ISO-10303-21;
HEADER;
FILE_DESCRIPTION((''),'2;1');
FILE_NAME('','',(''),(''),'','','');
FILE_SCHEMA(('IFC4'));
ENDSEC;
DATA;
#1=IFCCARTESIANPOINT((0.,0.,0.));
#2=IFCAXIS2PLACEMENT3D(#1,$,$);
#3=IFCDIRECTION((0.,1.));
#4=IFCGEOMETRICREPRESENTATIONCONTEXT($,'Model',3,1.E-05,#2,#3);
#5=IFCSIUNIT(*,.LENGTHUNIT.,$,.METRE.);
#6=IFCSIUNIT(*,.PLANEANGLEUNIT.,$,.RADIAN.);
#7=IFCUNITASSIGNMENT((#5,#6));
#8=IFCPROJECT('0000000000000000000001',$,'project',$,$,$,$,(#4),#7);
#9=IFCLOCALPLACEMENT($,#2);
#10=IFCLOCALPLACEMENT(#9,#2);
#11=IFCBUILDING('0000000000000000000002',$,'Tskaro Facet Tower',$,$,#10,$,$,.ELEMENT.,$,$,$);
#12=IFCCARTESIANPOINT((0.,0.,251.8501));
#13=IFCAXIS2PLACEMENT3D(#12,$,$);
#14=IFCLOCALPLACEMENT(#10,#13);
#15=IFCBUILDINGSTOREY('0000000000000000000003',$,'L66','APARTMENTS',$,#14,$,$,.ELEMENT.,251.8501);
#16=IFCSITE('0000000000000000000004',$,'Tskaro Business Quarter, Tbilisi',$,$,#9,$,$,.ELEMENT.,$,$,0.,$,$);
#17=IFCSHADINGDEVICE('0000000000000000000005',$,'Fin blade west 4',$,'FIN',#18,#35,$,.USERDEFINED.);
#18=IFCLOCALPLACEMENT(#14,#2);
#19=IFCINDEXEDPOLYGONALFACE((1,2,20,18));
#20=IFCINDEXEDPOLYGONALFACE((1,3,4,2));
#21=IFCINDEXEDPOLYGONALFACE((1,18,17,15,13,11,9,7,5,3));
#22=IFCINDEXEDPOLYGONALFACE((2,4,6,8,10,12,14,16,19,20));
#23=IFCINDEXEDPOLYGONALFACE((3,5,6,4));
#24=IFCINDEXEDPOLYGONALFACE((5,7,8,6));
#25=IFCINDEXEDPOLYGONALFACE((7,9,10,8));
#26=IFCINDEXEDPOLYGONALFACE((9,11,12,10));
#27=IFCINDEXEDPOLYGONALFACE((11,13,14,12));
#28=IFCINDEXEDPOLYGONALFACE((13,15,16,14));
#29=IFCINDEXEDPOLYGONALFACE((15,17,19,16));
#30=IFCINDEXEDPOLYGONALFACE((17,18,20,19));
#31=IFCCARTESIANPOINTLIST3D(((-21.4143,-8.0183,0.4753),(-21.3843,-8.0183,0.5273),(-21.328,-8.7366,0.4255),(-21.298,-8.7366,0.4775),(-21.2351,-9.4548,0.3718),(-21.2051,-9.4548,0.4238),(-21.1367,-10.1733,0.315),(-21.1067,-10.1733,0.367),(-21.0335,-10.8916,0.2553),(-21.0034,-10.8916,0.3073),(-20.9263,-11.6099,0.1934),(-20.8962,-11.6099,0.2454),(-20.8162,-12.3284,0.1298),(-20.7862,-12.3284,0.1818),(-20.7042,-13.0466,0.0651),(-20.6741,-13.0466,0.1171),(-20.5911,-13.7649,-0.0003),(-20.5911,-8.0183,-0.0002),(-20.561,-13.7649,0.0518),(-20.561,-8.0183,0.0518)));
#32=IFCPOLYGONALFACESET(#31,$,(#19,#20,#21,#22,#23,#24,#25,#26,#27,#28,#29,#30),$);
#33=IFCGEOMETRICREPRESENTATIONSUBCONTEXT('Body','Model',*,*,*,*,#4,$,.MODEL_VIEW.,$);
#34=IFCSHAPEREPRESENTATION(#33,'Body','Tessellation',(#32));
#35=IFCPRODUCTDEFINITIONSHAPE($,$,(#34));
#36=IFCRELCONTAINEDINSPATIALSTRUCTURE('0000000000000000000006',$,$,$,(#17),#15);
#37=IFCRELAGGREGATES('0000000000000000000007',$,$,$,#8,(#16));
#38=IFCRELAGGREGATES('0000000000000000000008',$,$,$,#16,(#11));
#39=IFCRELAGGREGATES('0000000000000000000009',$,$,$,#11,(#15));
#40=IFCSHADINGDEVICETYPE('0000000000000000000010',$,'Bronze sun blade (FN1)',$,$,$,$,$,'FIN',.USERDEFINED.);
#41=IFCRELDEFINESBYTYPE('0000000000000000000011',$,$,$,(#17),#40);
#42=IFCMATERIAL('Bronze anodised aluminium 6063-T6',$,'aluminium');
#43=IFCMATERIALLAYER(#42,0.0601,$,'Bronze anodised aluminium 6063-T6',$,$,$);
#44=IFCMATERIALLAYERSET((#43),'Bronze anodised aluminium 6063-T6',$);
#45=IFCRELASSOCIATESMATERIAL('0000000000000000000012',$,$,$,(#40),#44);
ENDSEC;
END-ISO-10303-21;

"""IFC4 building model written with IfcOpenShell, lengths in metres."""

from ifc_helpers import new_model, si_unit, direction, frame, origin, place, context, subcontext, project, spatial, polyline, outline, extrude, material, layer, layer_set, type_object, element, save


model = new_model("IFC4")

# Units and contexts
model_context = context("Model", 3, precision=1e-05, world=origin(), true_north=direction((0.0, 1.0)))
body_context = subcontext(model_context, "Body", "Model", "MODEL_VIEW")
ifc_project = project(units=[si_unit("LENGTHUNIT", "METRE"), si_unit("PLANEANGLEUNIT", "RADIAN")], contexts=[model_context])

# Site, building, storey
site_placement = place(None, origin())
site = spatial("IfcSite", under=ifc_project, at=site_placement, Name="Tskaro Business Quarter, Tbilisi", CompositionType="ELEMENT", RefElevation=0.0)
building_placement = place(site_placement, origin())
building = spatial("IfcBuilding", under=site, at=building_placement, Name="Tskaro Facet Tower", CompositionType="ELEMENT")
storey_placement = place(building_placement, frame((0.0, 0.0, 251.8501)))
storey = spatial("IfcBuildingStorey", under=building, at=storey_placement, Name="L66", Description="APARTMENTS", CompositionType="ELEMENT", Elevation=251.8501)

# Shared definitions
ifc_material_1 = material(Name="Bronze anodised aluminium 6063-T6", Category="aluminium")

# Shading device
ifc_layer_1 = layer(ifc_material_1, 0.0601, Name="Bronze anodised aluminium 6063-T6")
ifc_layer_set_1 = layer_set([ifc_layer_1], Name="Bronze anodised aluminium 6063-T6")
shading_device_type = type_object("IfcShadingDeviceType", Name="Bronze sun blade (FN1)", ElementType="FIN", PredefinedType="USERDEFINED", material=ifc_layer_set_1)
shading_device_1_placement = place(storey_placement, frame((-20.561, -8.0183, 0.0518), z_axis=(0.500213, -0.000001, 0.865902), x_axis=(0.0, -1.0, -0.000001)))
element("IfcShadingDevice", 1, at=shading_device_1_placement, inside=storey, type_object=shading_device_type, Name="Fin blade west 4", ObjectType="FIN", PredefinedType="USERDEFINED", context=body_context, shape_type="SweptSolid", body=[
    extrude(outline(polyline([(0.0, 0.0), (5.7466, 0.0), (5.0283, -0.1306), (4.3101, -0.26), (3.5916, -0.3871), (2.8733, -0.5109), (2.155, -0.6301), (1.4365, -0.7438), (0.7183, -0.8511), (0.0, -0.9507), (0.0, 0.0)])), origin(), (0.0, 0.0, -1.0), 0.0601),
])

save(model, "model.ifc")
